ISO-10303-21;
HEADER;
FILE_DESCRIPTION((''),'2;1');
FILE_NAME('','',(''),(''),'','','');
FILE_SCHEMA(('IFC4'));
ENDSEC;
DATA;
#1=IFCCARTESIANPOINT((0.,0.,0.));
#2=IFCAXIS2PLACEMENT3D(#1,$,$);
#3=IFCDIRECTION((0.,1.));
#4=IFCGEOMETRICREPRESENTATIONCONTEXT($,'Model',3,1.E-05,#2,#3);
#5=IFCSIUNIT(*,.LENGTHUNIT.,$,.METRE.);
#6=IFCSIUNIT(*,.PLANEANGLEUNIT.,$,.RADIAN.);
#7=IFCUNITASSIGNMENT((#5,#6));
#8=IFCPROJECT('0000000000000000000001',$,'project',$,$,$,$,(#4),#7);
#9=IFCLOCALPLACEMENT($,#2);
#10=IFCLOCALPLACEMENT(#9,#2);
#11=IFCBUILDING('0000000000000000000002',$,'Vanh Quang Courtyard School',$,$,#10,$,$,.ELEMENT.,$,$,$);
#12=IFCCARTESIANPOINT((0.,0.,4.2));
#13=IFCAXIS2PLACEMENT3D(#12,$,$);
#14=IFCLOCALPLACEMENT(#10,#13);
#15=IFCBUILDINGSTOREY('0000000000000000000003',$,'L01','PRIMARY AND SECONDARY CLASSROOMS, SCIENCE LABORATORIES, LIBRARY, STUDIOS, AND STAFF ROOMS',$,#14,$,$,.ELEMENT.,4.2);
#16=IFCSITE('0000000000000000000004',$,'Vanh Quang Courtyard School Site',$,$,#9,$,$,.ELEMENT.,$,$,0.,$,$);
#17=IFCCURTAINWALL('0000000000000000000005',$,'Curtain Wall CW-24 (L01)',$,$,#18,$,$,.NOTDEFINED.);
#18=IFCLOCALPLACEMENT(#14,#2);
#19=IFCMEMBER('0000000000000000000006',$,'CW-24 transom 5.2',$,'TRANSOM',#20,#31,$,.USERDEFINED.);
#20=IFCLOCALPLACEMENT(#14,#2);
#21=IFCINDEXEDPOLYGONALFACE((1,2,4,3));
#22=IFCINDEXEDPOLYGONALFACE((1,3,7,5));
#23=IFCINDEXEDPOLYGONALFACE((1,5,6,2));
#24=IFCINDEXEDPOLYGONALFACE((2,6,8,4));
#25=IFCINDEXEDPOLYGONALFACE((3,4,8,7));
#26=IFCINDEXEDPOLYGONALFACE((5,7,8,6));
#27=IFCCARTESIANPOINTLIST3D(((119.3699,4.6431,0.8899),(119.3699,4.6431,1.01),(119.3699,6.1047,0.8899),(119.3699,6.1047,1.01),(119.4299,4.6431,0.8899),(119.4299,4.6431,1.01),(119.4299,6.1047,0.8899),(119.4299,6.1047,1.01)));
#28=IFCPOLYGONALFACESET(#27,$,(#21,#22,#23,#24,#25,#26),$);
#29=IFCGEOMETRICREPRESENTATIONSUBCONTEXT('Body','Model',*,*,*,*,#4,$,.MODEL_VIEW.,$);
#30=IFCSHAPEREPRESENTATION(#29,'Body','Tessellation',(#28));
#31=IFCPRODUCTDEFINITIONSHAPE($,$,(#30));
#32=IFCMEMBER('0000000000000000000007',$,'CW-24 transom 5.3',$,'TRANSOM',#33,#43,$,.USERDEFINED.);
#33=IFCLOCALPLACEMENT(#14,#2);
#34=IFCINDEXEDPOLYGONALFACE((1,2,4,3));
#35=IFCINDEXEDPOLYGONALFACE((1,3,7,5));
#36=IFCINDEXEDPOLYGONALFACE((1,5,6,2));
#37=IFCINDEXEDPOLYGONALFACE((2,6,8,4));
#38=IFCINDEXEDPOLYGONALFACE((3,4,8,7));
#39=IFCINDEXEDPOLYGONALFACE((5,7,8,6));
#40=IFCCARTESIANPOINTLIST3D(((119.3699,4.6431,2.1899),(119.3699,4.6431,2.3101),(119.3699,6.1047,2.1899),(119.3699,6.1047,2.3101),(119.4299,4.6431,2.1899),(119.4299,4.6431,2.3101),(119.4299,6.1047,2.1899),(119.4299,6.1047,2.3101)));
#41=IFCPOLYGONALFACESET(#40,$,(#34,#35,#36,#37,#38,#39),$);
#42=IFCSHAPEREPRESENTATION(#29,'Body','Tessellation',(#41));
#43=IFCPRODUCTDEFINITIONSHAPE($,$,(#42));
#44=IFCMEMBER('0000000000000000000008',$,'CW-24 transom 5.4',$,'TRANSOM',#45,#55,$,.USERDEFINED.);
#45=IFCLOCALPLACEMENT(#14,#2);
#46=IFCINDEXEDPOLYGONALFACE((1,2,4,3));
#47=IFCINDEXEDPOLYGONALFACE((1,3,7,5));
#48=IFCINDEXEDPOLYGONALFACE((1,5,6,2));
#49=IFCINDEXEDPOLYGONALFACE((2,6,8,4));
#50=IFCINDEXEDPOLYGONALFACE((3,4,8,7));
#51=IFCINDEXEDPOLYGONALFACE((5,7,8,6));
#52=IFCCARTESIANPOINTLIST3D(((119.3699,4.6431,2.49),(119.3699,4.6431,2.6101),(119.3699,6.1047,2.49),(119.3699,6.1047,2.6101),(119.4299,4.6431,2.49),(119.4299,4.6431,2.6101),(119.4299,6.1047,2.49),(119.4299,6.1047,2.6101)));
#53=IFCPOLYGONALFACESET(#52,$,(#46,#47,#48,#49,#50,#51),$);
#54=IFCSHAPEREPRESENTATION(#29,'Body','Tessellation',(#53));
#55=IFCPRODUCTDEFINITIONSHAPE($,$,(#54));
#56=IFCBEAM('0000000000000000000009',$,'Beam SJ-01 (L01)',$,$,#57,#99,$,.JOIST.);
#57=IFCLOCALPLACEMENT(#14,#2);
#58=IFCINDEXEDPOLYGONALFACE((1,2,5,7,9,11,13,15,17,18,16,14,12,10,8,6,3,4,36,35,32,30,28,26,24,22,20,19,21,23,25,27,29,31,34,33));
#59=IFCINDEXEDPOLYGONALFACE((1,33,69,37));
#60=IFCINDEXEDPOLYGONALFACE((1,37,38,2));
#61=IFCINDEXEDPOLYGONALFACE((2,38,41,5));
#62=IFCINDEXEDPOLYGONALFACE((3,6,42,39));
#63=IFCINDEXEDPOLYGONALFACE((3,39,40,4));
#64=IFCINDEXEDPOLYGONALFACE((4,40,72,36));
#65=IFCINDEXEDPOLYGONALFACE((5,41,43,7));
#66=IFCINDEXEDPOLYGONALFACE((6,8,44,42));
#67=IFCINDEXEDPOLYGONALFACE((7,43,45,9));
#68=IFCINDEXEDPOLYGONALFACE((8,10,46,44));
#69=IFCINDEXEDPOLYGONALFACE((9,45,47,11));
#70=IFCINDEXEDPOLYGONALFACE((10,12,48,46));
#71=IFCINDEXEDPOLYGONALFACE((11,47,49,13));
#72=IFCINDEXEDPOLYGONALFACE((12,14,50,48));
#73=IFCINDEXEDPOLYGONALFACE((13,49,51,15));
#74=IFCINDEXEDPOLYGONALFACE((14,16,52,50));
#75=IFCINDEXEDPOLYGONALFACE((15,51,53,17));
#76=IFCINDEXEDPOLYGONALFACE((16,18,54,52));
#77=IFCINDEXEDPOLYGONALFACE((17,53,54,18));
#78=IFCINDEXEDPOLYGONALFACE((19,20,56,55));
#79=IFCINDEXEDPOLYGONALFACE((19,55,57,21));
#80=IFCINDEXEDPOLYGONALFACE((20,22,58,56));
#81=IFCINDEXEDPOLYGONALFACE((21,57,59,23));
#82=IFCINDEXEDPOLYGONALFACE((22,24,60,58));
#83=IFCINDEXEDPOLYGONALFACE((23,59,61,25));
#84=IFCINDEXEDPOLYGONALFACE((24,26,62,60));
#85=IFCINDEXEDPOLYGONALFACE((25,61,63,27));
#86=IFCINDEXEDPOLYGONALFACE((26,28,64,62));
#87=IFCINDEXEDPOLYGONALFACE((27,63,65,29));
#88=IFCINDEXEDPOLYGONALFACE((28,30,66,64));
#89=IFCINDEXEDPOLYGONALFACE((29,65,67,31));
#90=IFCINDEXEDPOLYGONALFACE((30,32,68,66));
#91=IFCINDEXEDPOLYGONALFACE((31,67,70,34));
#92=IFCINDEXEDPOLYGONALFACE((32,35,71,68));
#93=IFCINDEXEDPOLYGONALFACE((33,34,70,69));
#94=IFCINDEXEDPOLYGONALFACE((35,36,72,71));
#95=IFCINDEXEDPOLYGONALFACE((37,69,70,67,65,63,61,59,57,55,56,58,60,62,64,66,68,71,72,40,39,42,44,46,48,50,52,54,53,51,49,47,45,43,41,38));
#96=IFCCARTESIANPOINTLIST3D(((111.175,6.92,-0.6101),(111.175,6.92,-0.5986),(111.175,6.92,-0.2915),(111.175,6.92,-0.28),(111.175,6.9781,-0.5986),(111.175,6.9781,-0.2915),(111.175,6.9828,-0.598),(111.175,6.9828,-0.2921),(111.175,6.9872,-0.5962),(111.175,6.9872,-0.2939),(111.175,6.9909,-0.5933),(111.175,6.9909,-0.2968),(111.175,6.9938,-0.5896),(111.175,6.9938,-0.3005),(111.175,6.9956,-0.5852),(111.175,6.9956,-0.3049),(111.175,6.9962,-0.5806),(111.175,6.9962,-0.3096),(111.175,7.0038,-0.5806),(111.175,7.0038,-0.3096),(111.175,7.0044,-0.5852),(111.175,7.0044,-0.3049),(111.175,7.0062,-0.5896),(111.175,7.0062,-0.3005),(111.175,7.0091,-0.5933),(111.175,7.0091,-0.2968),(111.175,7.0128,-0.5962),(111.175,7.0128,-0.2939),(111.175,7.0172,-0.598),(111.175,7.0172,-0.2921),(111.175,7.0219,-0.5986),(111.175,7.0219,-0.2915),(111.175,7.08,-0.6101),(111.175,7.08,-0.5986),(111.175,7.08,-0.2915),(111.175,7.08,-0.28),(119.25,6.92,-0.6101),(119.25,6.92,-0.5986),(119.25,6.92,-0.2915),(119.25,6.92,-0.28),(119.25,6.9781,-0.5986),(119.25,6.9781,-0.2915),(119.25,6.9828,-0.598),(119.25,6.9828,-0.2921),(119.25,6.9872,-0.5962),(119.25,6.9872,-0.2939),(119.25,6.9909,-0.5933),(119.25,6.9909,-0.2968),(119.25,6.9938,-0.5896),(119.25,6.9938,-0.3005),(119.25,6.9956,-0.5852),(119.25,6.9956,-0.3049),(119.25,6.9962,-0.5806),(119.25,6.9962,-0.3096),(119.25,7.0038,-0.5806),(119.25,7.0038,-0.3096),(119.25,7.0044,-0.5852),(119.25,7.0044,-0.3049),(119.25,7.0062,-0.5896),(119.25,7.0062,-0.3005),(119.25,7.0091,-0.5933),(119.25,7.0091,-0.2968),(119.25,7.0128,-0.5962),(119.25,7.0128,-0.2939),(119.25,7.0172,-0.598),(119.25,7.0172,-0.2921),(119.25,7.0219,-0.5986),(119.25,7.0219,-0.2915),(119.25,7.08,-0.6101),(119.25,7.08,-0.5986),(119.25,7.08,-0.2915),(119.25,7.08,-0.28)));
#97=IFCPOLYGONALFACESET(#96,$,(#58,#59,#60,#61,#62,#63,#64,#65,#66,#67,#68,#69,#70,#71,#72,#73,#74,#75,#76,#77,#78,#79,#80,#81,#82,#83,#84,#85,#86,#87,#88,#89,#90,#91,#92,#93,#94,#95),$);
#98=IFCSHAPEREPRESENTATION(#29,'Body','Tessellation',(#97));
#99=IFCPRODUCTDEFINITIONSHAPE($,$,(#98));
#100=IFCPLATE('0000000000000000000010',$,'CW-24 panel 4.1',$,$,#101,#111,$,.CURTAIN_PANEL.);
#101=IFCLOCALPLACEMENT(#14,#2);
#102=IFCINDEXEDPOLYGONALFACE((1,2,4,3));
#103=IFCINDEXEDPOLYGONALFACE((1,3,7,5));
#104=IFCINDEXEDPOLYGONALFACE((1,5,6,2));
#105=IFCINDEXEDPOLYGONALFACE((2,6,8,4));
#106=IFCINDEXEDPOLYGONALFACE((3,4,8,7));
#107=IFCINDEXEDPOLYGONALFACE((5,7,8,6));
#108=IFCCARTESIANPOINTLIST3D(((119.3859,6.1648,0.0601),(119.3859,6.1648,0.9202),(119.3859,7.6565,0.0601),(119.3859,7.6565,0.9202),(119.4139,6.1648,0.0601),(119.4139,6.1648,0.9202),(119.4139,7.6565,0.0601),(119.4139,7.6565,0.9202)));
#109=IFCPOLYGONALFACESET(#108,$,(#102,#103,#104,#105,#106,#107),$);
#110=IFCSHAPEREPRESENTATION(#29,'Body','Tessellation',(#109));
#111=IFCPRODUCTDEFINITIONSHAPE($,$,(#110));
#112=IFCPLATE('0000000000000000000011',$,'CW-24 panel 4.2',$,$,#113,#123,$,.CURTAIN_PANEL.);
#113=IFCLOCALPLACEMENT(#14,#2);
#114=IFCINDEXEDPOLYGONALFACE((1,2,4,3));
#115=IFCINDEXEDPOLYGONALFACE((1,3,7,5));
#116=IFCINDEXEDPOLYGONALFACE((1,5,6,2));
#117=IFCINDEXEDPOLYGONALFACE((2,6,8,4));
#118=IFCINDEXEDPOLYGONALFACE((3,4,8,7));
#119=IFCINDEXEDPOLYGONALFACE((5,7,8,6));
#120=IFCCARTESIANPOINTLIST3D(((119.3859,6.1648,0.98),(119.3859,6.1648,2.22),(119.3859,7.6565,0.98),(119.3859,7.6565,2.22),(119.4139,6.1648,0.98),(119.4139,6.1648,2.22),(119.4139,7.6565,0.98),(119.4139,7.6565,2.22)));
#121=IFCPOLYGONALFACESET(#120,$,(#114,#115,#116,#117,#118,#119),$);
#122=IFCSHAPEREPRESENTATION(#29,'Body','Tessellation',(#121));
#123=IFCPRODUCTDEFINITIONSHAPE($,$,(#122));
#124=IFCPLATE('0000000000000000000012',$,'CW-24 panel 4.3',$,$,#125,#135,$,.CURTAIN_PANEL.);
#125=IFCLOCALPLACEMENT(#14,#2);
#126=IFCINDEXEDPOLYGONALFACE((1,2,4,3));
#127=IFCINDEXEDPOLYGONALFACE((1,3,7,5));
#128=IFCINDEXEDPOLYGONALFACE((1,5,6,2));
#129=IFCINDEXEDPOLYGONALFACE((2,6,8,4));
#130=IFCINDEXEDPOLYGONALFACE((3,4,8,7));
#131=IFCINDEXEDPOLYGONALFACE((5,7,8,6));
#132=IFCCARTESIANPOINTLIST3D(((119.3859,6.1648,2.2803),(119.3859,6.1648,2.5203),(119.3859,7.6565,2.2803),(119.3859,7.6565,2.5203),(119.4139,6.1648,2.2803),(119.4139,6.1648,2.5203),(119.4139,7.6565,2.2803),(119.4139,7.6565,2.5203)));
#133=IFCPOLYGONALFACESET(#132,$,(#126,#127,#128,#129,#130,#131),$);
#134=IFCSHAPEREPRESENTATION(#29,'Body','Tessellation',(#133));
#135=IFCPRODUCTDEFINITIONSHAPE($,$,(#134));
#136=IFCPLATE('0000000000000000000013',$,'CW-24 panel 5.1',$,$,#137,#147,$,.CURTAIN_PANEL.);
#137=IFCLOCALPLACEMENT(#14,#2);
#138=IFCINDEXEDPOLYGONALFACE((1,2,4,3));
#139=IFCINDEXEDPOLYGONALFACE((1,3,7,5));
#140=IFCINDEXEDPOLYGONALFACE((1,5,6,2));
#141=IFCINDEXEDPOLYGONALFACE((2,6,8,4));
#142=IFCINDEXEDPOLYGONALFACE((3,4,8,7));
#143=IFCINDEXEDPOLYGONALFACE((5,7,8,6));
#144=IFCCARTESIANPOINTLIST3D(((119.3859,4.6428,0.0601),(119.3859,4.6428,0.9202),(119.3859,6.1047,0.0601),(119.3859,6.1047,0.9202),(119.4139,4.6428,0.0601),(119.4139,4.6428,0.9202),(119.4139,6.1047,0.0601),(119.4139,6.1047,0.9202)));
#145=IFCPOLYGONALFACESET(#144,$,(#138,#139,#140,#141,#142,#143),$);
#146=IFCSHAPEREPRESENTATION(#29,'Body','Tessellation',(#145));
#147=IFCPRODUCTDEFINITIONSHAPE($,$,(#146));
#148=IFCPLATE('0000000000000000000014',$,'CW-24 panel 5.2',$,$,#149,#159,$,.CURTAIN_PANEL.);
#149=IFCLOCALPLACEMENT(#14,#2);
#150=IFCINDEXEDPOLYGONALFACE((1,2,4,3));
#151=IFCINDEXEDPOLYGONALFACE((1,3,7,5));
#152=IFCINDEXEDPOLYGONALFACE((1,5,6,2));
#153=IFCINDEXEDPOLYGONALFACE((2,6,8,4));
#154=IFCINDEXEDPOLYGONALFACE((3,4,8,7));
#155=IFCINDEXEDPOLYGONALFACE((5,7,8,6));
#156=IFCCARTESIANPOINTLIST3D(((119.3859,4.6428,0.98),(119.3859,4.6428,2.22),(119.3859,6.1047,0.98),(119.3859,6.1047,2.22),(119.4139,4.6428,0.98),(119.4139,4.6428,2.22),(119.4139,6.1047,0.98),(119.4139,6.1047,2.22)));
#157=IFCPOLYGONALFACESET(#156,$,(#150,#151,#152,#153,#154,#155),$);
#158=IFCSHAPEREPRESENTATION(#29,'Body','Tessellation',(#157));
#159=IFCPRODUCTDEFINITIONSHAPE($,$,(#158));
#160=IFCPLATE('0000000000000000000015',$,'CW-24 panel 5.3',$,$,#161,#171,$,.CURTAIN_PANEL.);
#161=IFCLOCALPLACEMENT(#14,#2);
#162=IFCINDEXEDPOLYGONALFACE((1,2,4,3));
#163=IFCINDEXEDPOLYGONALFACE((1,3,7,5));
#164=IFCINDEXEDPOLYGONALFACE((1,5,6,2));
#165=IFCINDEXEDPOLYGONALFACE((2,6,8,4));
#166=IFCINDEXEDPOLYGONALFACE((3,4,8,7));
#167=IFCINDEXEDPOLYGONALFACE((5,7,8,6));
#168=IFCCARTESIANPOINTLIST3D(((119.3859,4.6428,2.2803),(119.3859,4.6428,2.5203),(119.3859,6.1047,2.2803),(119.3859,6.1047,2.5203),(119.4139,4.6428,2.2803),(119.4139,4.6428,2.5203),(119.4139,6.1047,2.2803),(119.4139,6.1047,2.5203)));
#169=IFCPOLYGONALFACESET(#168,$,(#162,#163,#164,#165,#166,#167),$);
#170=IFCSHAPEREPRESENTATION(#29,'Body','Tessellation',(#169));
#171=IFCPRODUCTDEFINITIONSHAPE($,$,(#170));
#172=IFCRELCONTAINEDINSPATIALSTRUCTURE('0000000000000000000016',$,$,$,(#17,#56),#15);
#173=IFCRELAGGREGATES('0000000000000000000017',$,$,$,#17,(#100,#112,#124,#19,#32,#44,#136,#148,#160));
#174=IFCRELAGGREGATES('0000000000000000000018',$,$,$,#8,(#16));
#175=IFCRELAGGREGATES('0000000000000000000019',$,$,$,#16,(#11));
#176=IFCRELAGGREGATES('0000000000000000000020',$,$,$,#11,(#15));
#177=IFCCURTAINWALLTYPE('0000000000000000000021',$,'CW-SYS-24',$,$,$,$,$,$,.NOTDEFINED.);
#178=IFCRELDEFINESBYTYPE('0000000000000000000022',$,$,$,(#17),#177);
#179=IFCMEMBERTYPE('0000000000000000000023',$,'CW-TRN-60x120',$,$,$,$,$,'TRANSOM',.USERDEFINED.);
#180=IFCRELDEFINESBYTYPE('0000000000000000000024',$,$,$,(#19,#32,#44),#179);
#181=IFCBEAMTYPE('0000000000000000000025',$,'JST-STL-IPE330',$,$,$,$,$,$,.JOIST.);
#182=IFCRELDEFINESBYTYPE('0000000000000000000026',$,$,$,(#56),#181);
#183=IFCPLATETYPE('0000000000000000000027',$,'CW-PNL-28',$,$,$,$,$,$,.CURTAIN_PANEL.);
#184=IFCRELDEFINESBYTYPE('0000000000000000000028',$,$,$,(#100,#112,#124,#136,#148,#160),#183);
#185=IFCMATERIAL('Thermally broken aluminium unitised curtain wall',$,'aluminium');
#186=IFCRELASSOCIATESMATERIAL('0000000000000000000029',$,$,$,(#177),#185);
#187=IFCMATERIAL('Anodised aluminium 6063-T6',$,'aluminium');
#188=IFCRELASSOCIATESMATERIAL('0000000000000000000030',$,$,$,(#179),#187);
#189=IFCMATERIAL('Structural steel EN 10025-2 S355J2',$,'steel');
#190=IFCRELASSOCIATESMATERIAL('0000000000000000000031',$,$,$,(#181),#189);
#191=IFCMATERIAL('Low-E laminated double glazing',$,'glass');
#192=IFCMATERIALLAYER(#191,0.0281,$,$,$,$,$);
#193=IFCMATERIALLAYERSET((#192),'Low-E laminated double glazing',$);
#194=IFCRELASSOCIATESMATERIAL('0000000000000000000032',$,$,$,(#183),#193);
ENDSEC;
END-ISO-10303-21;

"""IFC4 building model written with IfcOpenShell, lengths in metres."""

from ifc_helpers import new_model, si_unit, direction, frame, origin, origin_2d, place, context, subcontext, project, spatial, rectangle, i_section, extrude, material, layer, layer_set, material_profile, profile_set, type_object, element, aggregate, save


model = new_model("IFC4")

# Units and contexts
model_context = context("Model", 3, precision=1e-05, world=origin(), true_north=direction((0.0, 1.0)))
body_context = subcontext(model_context, "Body", "Model", "MODEL_VIEW")
ifc_project = project(units=[si_unit("LENGTHUNIT", "METRE"), si_unit("PLANEANGLEUNIT", "RADIAN")], contexts=[model_context])

# Site, building, storey
site_placement = place(None, origin())
site = spatial("IfcSite", under=ifc_project, at=site_placement, Name="Vanh Quang Courtyard School Site", CompositionType="ELEMENT", RefElevation=0.0)
building_placement = place(site_placement, origin())
building = spatial("IfcBuilding", under=site, at=building_placement, Name="Vanh Quang Courtyard School", CompositionType="ELEMENT")
storey_placement = place(building_placement, frame((0.0, 0.0, 4.2)))
storey = spatial("IfcBuildingStorey", under=building, at=storey_placement, Name="L01", Description="PRIMARY AND SECONDARY CLASSROOMS, SCIENCE LABORATORIES, LIBRARY, STUDIOS, AND STAFF ROOMS", CompositionType="ELEMENT", Elevation=4.2)

# Curtain wall, members
ifc_material_1 = material(Name="Thermally broken aluminium unitised curtain wall", Category="aluminium")
curtain_wall_type = type_object("IfcCurtainWallType", Name="CW-SYS-24", PredefinedType="NOTDEFINED", material=ifc_material_1)
curtain_wall_placement = place(storey_placement, origin())
curtain_wall = element("IfcCurtainWall", 1, at=curtain_wall_placement, inside=storey, type_object=curtain_wall_type, Name="Curtain Wall CW-24 (L01)", PredefinedType="NOTDEFINED")
ifc_material_2 = material(Name="Anodised aluminium 6063-T6", Category="aluminium")
ifc_material_profile_1 = material_profile(ifc_material_2, rectangle(XDim=0.0601, YDim=0.1201, at=origin_2d()), Name="ALU-TRN 60x120")
ifc_profile_set_1 = profile_set([ifc_material_profile_1], Name="Anodised aluminium 6063-T6")
member_type_1 = type_object("IfcMemberType", Name="CW-TRN-60x120", ElementType="TRANSOM", PredefinedType="USERDEFINED", material=ifc_profile_set_1)
member_1_placement = place(storey_placement, frame((119.3999, 6.1047, 0.95), z_axis=(0.0, -1.0, 0.0), x_axis=(1.0, 0.0, 0.0)))
member_1 = element("IfcMember", 2, at=member_1_placement, type_object=member_type_1, Name="CW-24 transom 5.2", ObjectType="TRANSOM", PredefinedType="USERDEFINED", context=body_context, shape_type="SweptSolid", body=[
    extrude(rectangle(XDim=0.0601, YDim=0.1201, at=origin_2d()), origin(), (0.0, 0.0, 1.0), 1.4617),
])
member_2_placement = place(storey_placement, frame((119.3999, 6.1047, 2.25), z_axis=(0.0, -1.0, 0.0), x_axis=(1.0, 0.0, 0.0)))
member_2 = element("IfcMember", 3, at=member_2_placement, type_object=member_type_1, Name="CW-24 transom 5.3", ObjectType="TRANSOM", PredefinedType="USERDEFINED", context=body_context, shape_type="SweptSolid", body=[
    extrude(rectangle(XDim=0.0601, YDim=0.1201, at=origin_2d()), origin(), (0.0, 0.0, 1.0), 1.4617),
])
member_3_placement = place(storey_placement, frame((119.3999, 6.1047, 2.55), z_axis=(0.0, -1.0, 0.0), x_axis=(1.0, 0.0, 0.0)))
member_3 = element("IfcMember", 4, at=member_3_placement, type_object=member_type_1, Name="CW-24 transom 5.4", ObjectType="TRANSOM", PredefinedType="USERDEFINED", context=body_context, shape_type="SweptSolid", body=[
    extrude(rectangle(XDim=0.0601, YDim=0.1201, at=origin_2d()), origin(), (0.0, 0.0, 1.0), 1.4617),
])

# Beam
ifc_material_3 = material(Name="Structural steel EN 10025-2 S355J2", Category="steel")
ifc_material_profile_2 = material_profile(ifc_material_3, i_section(OverallWidth=0.1599, OverallDepth=0.3301, WebThickness=0.0076, FlangeThickness=0.0115, FilletRadius=0.0181, at=origin_2d()), Name="IPE 330")
ifc_profile_set_2 = profile_set([ifc_material_profile_2], Name="Structural steel EN 10025-2 S355J2")
beam_type_1 = type_object("IfcBeamType", Name="JST-STL-IPE330", PredefinedType="JOIST", material=ifc_profile_set_2)
beam_1_placement = place(storey_placement, frame((111.175, 7.0, -0.4451), z_axis=(1.0, 0.0, 0.0), x_axis=(0.0, 1.0, 0.0)))
element("IfcBeam", 5, at=beam_1_placement, inside=storey, type_object=beam_type_1, Name="Beam SJ-01 (L01)", PredefinedType="JOIST", context=body_context, shape_type="SweptSolid", body=[
    extrude(i_section(OverallWidth=0.1599, OverallDepth=0.3301, WebThickness=0.0076, FlangeThickness=0.0115, FilletRadius=0.0181, at=origin_2d()), origin(), (0.0, 0.0, 1.0), 8.075),
])

# Plates
ifc_material_4 = material(Name="Low-E laminated double glazing", Category="glass")
ifc_layer_1 = layer(ifc_material_4, 0.0281)
ifc_layer_set_1 = layer_set([ifc_layer_1], Name="Low-E laminated double glazing")
plate_type = type_object("IfcPlateType", Name="CW-PNL-28", PredefinedType="CURTAIN_PANEL", material=ifc_layer_set_1)
plate_1_placement = place(storey_placement, frame((119.3999, 6.9106, 0.0601), z_axis=(0.0, 0.0, 1.0), x_axis=(0.0, -1.0, 0.0)))
plate_1 = element("IfcPlate", 6, at=plate_1_placement, type_object=plate_type, Name="CW-24 panel 4.1", PredefinedType="CURTAIN_PANEL", context=body_context, shape_type="SweptSolid", body=[
    extrude(rectangle(XDim=1.4917, YDim=0.0281, at=origin_2d()), origin(), (0.0, 0.0, 1.0), 0.8601),
])
plate_2_placement = place(storey_placement, frame((119.3999, 6.9106, 0.98), z_axis=(0.0, 0.0, 1.0), x_axis=(0.0, -1.0, 0.0)))
plate_2 = element("IfcPlate", 7, at=plate_2_placement, type_object=plate_type, Name="CW-24 panel 4.2", PredefinedType="CURTAIN_PANEL", context=body_context, shape_type="SweptSolid", body=[
    extrude(rectangle(XDim=1.4917, YDim=0.0281, at=origin_2d()), origin(), (0.0, 0.0, 1.0), 1.24),
])
plate_3_placement = place(storey_placement, frame((119.3999, 6.9106, 2.2803), z_axis=(0.0, 0.0, 1.0), x_axis=(0.0, -1.0, 0.0)))
plate_3 = element("IfcPlate", 8, at=plate_3_placement, type_object=plate_type, Name="CW-24 panel 4.3", PredefinedType="CURTAIN_PANEL", context=body_context, shape_type="SweptSolid", body=[
    extrude(rectangle(XDim=1.4917, YDim=0.0281, at=origin_2d()), origin(), (0.0, 0.0, 1.0), 0.24),
])
plate_4_placement = place(storey_placement, frame((119.3999, 5.3738, 0.0601), z_axis=(0.0, 0.0, 1.0), x_axis=(0.0, -1.0, 0.0)))
plate_4 = element("IfcPlate", 9, at=plate_4_placement, type_object=plate_type, Name="CW-24 panel 5.1", PredefinedType="CURTAIN_PANEL", context=body_context, shape_type="SweptSolid", body=[
    extrude(rectangle(XDim=1.4619, YDim=0.0281, at=origin_2d()), origin(), (0.0, 0.0, 1.0), 0.8601),
])
plate_5_placement = place(storey_placement, frame((119.3999, 5.3738, 0.98), z_axis=(0.0, 0.0, 1.0), x_axis=(0.0, -1.0, 0.0)))
plate_5 = element("IfcPlate", 10, at=plate_5_placement, type_object=plate_type, Name="CW-24 panel 5.2", PredefinedType="CURTAIN_PANEL", context=body_context, shape_type="SweptSolid", body=[
    extrude(rectangle(XDim=1.4619, YDim=0.0281, at=origin_2d()), origin(), (0.0, 0.0, 1.0), 1.24),
])
plate_6_placement = place(storey_placement, frame((119.3999, 5.3738, 2.2803), z_axis=(0.0, 0.0, 1.0), x_axis=(0.0, -1.0, 0.0)))
plate_6 = element("IfcPlate", 11, at=plate_6_placement, type_object=plate_type, Name="CW-24 panel 5.3", PredefinedType="CURTAIN_PANEL", context=body_context, shape_type="SweptSolid", body=[
    extrude(rectangle(XDim=1.4619, YDim=0.0281, at=origin_2d()), origin(), (0.0, 0.0, 1.0), 0.24),
])
aggregate(curtain_wall, [plate_1, plate_2, plate_3, member_1, member_2, member_3, plate_4, plate_5, plate_6])

save(model, "model.ifc")
